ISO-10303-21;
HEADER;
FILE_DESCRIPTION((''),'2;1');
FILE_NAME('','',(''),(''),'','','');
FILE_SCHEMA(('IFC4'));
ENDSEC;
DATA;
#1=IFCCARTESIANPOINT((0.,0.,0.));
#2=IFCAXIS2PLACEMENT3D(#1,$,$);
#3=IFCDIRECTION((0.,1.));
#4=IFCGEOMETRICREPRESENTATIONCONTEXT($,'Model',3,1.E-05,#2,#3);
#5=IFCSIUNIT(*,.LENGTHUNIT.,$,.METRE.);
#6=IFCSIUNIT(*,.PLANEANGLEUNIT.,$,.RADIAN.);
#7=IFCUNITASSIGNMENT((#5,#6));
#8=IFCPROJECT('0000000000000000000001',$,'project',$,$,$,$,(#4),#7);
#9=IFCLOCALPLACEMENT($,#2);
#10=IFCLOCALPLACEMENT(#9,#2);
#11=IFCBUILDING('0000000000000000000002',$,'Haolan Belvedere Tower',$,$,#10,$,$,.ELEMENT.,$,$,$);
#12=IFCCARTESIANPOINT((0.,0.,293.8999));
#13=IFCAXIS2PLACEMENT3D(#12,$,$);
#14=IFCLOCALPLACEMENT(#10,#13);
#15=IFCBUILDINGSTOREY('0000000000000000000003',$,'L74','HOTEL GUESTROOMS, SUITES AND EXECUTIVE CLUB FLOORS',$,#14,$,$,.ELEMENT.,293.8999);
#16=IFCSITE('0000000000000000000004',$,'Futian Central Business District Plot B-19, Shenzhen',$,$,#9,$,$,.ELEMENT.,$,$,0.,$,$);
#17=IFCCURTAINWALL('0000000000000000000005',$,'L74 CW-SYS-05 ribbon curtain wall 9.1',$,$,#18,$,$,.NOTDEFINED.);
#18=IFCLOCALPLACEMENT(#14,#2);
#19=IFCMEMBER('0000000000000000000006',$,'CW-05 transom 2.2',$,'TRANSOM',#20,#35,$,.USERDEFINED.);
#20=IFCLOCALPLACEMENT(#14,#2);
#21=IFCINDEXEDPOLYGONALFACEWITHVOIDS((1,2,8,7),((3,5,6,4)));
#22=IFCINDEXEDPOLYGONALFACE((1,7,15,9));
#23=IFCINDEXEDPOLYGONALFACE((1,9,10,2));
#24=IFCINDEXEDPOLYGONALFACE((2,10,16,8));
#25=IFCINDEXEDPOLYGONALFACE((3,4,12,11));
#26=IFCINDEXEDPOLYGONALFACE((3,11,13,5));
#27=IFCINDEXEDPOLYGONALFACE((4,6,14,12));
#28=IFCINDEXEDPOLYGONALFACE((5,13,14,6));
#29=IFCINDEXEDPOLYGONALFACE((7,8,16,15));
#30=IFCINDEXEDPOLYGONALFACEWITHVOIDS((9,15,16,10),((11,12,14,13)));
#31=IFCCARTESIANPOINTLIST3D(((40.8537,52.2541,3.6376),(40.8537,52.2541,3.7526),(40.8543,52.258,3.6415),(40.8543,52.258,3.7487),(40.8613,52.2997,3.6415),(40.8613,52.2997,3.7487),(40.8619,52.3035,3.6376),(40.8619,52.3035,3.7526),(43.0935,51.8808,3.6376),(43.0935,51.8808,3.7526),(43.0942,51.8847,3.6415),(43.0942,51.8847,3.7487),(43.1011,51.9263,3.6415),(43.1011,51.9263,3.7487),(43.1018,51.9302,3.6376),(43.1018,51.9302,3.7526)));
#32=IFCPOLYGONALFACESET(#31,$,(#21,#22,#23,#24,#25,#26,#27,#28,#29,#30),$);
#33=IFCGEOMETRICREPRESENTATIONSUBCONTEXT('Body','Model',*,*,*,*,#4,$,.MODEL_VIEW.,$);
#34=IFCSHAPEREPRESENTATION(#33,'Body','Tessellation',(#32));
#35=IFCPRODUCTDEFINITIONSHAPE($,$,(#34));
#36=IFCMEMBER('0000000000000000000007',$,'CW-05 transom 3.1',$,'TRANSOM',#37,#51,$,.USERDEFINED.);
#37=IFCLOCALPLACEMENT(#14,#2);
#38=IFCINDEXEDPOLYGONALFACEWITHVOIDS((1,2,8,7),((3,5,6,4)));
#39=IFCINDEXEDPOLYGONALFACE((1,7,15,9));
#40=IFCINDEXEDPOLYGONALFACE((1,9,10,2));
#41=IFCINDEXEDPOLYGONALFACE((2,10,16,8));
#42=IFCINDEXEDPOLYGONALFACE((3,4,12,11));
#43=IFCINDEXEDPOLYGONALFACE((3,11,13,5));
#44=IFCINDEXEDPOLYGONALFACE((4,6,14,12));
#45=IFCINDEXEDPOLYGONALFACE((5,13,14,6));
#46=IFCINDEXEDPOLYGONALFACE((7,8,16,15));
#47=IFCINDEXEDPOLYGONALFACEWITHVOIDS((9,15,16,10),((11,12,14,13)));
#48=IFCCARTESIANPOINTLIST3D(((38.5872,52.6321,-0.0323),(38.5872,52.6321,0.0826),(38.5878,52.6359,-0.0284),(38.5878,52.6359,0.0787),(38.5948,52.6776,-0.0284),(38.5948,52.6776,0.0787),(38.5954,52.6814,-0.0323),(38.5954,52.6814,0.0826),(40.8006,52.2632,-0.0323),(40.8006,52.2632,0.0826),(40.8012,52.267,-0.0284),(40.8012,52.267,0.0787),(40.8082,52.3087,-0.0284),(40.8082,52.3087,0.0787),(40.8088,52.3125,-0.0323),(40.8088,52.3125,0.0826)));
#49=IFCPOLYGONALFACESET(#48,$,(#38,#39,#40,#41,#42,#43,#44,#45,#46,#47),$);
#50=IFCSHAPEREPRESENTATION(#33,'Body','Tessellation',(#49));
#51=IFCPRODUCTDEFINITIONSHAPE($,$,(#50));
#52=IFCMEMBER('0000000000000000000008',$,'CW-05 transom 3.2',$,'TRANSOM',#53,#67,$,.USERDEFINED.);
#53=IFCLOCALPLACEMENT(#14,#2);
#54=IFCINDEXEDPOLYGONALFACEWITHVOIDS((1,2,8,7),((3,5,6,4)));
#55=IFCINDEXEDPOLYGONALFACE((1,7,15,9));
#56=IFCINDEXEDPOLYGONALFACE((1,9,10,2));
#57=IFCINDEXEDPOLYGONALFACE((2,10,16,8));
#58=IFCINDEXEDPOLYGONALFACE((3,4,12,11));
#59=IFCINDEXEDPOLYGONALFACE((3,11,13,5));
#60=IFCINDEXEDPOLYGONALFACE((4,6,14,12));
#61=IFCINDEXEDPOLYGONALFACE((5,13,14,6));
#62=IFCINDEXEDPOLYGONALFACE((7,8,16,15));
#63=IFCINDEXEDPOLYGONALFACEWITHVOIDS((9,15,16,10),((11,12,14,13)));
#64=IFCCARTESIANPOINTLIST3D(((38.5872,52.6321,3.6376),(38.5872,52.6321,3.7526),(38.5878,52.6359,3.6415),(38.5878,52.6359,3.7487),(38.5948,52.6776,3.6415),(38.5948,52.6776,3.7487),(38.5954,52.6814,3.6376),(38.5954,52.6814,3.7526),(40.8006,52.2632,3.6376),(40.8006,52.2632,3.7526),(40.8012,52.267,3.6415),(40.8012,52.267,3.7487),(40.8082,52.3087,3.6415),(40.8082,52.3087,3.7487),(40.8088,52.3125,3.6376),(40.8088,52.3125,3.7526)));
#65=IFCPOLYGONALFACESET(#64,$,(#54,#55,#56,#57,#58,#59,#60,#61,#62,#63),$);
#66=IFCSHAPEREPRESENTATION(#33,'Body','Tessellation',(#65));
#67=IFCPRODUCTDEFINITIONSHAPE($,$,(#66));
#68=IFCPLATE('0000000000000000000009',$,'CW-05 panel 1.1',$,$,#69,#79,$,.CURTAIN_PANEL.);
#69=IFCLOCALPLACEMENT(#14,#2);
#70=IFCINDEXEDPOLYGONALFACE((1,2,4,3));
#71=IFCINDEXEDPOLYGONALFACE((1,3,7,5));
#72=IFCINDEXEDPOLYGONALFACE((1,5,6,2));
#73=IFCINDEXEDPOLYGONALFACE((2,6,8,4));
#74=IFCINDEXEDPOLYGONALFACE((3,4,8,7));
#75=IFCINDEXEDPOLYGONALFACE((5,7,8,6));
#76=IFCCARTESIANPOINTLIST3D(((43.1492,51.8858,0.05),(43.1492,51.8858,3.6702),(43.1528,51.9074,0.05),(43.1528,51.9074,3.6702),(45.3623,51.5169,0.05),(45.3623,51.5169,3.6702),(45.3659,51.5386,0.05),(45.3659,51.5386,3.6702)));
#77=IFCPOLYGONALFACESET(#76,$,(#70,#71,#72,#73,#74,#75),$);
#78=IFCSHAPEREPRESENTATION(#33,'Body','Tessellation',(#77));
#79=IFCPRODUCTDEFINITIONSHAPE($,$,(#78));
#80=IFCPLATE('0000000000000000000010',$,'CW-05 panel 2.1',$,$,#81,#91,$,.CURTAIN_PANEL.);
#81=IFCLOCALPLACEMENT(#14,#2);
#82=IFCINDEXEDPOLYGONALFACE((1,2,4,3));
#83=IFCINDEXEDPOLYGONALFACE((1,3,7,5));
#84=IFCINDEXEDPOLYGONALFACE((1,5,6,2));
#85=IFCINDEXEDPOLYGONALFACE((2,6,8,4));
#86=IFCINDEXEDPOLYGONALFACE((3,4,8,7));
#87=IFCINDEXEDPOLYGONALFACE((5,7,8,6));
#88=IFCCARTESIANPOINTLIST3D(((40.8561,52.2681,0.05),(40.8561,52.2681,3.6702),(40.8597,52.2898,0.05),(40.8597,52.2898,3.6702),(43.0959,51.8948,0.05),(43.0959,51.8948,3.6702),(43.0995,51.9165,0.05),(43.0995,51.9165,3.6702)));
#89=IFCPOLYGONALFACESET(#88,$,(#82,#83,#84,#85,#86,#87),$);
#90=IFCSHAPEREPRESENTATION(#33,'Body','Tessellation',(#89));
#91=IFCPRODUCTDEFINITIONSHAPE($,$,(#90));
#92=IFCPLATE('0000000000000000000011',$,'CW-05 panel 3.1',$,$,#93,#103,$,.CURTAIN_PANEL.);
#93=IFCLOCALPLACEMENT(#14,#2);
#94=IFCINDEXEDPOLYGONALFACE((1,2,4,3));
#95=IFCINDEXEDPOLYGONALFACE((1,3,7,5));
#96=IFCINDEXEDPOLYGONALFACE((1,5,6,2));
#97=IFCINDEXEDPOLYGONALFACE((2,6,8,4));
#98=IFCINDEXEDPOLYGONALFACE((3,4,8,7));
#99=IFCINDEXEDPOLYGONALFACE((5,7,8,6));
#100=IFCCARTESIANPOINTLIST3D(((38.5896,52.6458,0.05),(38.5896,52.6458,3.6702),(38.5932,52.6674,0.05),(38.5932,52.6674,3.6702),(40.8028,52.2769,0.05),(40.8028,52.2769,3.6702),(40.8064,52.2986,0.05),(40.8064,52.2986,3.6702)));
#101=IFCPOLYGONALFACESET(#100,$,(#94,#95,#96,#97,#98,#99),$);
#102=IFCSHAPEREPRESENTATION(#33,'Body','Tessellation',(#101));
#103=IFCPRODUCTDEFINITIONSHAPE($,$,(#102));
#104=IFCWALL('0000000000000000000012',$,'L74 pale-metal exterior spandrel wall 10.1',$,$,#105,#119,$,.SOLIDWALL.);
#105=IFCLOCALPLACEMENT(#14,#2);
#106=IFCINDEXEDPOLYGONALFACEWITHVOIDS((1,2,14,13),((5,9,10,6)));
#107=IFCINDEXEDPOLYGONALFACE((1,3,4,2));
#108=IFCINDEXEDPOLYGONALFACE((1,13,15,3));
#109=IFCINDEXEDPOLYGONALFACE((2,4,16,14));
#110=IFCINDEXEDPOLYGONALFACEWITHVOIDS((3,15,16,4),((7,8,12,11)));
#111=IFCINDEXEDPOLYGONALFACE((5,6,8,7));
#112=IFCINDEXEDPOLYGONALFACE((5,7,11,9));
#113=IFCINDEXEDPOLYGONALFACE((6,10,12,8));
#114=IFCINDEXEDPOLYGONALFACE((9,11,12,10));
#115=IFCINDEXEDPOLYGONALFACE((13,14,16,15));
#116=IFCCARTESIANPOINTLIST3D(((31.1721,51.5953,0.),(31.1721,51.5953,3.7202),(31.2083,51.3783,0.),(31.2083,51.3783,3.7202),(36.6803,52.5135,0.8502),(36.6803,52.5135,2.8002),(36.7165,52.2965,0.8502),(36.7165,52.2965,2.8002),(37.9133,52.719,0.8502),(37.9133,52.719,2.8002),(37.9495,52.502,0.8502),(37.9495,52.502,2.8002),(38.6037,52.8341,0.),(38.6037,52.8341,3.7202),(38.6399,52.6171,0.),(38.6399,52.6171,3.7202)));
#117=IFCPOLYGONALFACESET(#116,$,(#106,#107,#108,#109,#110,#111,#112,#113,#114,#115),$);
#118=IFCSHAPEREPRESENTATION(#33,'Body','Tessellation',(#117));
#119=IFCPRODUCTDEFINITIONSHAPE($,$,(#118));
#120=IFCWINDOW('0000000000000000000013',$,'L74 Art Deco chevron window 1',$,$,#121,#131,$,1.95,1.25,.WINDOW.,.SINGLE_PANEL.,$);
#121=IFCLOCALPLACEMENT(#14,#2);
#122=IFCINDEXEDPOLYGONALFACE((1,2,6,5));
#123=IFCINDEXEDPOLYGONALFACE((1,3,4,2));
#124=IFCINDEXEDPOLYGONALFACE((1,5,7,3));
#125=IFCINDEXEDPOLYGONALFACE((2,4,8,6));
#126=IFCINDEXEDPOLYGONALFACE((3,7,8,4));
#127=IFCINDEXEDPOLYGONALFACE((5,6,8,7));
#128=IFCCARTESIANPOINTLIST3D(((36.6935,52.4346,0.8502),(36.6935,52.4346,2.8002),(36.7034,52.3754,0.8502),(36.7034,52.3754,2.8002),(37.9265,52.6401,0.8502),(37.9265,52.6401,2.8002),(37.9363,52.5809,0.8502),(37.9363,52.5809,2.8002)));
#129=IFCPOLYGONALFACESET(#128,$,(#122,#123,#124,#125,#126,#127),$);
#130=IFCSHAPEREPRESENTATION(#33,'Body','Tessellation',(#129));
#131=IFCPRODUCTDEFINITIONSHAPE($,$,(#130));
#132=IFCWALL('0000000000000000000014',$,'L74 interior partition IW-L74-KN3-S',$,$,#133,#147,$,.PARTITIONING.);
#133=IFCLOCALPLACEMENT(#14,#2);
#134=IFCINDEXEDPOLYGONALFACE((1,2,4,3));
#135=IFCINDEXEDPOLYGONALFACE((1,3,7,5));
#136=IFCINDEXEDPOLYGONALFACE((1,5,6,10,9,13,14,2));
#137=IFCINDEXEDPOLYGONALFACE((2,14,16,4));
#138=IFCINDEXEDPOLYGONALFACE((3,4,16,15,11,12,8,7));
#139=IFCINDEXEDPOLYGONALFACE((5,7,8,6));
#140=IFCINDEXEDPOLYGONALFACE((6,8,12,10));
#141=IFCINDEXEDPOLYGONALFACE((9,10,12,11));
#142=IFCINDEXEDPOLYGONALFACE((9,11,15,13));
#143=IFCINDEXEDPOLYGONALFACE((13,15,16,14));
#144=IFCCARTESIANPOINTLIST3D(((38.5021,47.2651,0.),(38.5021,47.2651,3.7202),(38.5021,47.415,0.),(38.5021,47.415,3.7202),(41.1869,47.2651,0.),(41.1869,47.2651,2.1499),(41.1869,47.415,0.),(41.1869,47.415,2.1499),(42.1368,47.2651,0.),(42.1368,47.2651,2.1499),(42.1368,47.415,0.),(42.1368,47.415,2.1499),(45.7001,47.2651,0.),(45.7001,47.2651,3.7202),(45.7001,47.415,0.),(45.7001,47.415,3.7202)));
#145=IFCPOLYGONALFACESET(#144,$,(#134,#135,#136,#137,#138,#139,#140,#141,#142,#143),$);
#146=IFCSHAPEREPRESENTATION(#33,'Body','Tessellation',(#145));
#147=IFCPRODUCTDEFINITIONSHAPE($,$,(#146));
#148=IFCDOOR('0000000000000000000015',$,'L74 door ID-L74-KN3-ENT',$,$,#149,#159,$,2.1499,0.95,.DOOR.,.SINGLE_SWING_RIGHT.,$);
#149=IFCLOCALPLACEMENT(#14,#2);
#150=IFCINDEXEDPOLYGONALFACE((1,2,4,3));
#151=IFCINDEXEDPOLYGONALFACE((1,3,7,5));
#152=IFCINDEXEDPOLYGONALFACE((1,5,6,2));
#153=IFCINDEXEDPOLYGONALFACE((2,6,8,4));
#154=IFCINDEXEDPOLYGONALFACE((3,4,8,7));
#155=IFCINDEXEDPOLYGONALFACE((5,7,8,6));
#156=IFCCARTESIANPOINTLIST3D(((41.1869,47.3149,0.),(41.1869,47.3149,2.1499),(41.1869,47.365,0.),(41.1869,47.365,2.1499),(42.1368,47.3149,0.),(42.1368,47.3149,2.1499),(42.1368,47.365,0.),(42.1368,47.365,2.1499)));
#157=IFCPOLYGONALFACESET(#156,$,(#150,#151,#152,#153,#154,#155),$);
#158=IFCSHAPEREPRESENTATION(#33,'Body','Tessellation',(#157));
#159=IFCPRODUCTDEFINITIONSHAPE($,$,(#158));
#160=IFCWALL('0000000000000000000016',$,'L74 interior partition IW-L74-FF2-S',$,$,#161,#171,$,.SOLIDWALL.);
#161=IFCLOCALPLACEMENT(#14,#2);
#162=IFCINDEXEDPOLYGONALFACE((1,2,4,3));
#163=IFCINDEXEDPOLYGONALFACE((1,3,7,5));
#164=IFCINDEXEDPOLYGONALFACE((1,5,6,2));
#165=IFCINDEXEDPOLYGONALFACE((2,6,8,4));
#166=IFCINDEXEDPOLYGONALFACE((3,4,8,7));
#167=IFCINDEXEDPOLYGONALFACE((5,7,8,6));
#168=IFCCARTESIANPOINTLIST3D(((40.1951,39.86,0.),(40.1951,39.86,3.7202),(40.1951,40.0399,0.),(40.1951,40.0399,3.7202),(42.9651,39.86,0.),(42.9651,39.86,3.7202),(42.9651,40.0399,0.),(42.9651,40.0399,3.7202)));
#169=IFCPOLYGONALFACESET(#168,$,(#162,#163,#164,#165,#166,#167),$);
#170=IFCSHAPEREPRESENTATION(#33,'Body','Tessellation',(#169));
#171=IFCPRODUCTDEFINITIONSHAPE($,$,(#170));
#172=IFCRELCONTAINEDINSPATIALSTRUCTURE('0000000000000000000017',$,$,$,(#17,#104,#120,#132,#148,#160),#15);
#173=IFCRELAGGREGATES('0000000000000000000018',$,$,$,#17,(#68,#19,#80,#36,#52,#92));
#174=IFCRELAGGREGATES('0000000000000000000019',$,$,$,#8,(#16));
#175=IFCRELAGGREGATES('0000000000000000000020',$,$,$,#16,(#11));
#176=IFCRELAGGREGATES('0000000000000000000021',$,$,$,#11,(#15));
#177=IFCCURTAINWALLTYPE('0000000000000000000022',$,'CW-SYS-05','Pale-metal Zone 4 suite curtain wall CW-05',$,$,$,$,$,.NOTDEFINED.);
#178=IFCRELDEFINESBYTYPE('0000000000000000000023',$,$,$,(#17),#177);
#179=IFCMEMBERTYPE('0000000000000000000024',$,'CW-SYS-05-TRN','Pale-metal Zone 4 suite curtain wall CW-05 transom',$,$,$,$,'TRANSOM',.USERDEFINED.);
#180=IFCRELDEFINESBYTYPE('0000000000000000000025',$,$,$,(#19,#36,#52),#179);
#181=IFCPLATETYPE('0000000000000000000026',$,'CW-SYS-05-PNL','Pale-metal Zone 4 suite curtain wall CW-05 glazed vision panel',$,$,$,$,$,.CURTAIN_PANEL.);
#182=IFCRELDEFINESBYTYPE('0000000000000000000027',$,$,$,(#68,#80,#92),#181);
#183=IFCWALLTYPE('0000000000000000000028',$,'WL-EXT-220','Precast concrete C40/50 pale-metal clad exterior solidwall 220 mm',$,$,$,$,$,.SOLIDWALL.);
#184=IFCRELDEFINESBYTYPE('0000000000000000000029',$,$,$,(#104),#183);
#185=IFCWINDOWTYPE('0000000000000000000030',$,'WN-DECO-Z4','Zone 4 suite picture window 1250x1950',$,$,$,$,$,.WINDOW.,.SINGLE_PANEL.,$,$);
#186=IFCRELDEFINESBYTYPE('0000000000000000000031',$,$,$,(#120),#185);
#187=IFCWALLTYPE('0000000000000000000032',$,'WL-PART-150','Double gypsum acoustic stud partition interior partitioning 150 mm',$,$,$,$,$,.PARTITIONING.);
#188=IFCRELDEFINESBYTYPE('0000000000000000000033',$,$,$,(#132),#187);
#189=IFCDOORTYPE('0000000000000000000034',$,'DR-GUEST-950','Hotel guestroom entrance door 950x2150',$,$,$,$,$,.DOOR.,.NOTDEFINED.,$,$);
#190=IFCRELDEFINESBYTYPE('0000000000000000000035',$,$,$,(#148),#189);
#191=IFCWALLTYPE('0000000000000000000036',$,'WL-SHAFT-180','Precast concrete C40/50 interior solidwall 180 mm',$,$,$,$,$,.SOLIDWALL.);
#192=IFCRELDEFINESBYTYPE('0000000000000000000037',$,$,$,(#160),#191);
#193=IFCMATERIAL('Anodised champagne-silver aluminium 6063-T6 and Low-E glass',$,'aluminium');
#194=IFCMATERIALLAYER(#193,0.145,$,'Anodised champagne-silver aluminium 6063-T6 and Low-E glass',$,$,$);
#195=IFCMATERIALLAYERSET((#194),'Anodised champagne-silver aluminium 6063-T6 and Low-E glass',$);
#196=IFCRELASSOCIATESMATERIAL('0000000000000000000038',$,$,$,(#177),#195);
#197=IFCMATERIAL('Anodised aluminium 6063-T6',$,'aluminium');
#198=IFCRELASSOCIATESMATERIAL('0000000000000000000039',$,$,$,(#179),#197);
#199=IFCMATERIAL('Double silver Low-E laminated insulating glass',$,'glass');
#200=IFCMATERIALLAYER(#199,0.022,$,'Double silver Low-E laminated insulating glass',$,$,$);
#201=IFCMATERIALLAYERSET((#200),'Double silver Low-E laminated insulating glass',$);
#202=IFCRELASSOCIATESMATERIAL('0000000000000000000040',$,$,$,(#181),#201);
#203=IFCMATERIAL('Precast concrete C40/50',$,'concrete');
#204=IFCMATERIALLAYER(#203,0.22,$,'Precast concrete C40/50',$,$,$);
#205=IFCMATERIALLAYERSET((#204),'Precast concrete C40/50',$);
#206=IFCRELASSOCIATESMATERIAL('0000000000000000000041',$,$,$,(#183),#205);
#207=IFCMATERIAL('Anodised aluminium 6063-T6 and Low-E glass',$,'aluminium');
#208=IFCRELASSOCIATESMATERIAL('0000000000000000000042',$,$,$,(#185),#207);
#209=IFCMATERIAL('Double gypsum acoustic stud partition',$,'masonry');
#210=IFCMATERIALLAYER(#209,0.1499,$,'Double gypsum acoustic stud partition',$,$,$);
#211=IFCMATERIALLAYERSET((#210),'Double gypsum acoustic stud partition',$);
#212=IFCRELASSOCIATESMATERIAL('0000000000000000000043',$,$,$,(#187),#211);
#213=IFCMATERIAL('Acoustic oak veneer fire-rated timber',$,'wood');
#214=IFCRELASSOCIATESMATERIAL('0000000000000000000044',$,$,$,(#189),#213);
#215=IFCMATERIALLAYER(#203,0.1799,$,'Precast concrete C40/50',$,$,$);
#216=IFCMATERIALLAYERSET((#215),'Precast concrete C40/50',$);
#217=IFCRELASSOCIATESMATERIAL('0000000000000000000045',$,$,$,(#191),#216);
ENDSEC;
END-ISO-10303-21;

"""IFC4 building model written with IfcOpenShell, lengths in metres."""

from ifc_helpers import new_model, si_unit, direction, frame, frame_2d, origin, origin_2d, place, context, subcontext, project, spatial, rectangle, hollow_rectangle, extrude, material, layer, layer_set, material_profile, profile_set, type_object, element, fill, aggregate, save


model = new_model("IFC4")

# Units and contexts
model_context = context("Model", 3, precision=1e-05, world=origin(), true_north=direction((0.0, 1.0)))
body_context = subcontext(model_context, "Body", "Model", "MODEL_VIEW")
ifc_project = project(units=[si_unit("LENGTHUNIT", "METRE"), si_unit("PLANEANGLEUNIT", "RADIAN")], contexts=[model_context])

# Site, building, storey
site_placement = place(None, origin())
site = spatial("IfcSite", under=ifc_project, at=site_placement, Name="Futian Central Business District Plot B-19, Shenzhen", CompositionType="ELEMENT", RefElevation=0.0)
building_placement = place(site_placement, origin())
building = spatial("IfcBuilding", under=site, at=building_placement, Name="Haolan Belvedere Tower", CompositionType="ELEMENT")
storey_placement = place(building_placement, frame((0.0, 0.0, 293.8999)))
storey = spatial("IfcBuildingStorey", under=building, at=storey_placement, Name="L74", Description="HOTEL GUESTROOMS, SUITES AND EXECUTIVE CLUB FLOORS", CompositionType="ELEMENT", Elevation=293.8999)

# Curtain wall, members, plates
ifc_material_1 = material(Name="Anodised champagne-silver aluminium 6063-T6 and Low-E glass", Category="aluminium")
ifc_layer_1 = layer(ifc_material_1, 0.145, Name="Anodised champagne-silver aluminium 6063-T6 and Low-E glass")
ifc_layer_set_1 = layer_set([ifc_layer_1], Name="Anodised champagne-silver aluminium 6063-T6 and Low-E glass")
curtain_wall_type = type_object("IfcCurtainWallType", Name="CW-SYS-05", Description="Pale-metal Zone 4 suite curtain wall CW-05", PredefinedType="NOTDEFINED", material=ifc_layer_set_1)
curtain_wall_placement = place(storey_placement, origin())
curtain_wall = element("IfcCurtainWall", 1, at=curtain_wall_placement, inside=storey, type_object=curtain_wall_type, Name="L74 CW-SYS-05 ribbon curtain wall 9.1", PredefinedType="NOTDEFINED")
ifc_material_2 = material(Name="Anodised aluminium 6063-T6", Category="aluminium")
ifc_material_profile_1 = material_profile(ifc_material_2, hollow_rectangle(XDim=0.05, YDim=0.115, WallThickness=0.0039, at=origin_2d()), Name="Anodised aluminium 6063-T6")
ifc_profile_set_1 = profile_set([ifc_material_profile_1], Name="Anodised aluminium 6063-T6")
member_type_1 = type_object("IfcMemberType", Name="CW-SYS-05-TRN", Description="Pale-metal Zone 4 suite curtain wall CW-05 transom", ElementType="TRANSOM", PredefinedType="USERDEFINED", material=ifc_profile_set_1)
member_1_placement = place(storey_placement, frame((43.0977, 51.9055, 3.6951), z_axis=(-0.986394, 0.164399, 0.0), x_axis=(-0.164399, -0.986394, 0.0)))
member_1 = element("IfcMember", 2, at=member_1_placement, type_object=member_type_1, Name="CW-05 transom 2.2", ObjectType="TRANSOM", PredefinedType="USERDEFINED", context=body_context, shape_type="SweptSolid", body=[
    extrude(hollow_rectangle(XDim=0.05, YDim=0.115, WallThickness=0.0039, at=origin_2d()), origin(), (0.0, 0.0, 1.0), 2.2708),
])
member_2_placement = place(storey_placement, frame((40.8047, 52.2878, 0.0251), z_axis=(-0.986394, 0.164399, 0.0), x_axis=(-0.164399, -0.986394, 0.0)))
member_2 = element("IfcMember", 3, at=member_2_placement, type_object=member_type_1, Name="CW-05 transom 3.1", ObjectType="TRANSOM", PredefinedType="USERDEFINED", context=body_context, shape_type="SweptSolid", body=[
    extrude(hollow_rectangle(XDim=0.05, YDim=0.115, WallThickness=0.0039, at=origin_2d()), origin(), (0.0, 0.0, 1.0), 2.2439),
])
member_3_placement = place(storey_placement, frame((40.8047, 52.2878, 3.6951), z_axis=(-0.986394, 0.164399, 0.0), x_axis=(-0.164399, -0.986394, 0.0)))
member_3 = element("IfcMember", 4, at=member_3_placement, type_object=member_type_1, Name="CW-05 transom 3.2", ObjectType="TRANSOM", PredefinedType="USERDEFINED", context=body_context, shape_type="SweptSolid", body=[
    extrude(hollow_rectangle(XDim=0.05, YDim=0.115, WallThickness=0.0039, at=origin_2d()), origin(), (0.0, 0.0, 1.0), 2.2439),
])
ifc_material_3 = material(Name="Double silver Low-E laminated insulating glass", Category="glass")
ifc_layer_2 = layer(ifc_material_3, 0.022, Name="Double silver Low-E laminated insulating glass")
ifc_layer_set_2 = layer_set([ifc_layer_2], Name="Double silver Low-E laminated insulating glass")
plate_type = type_object("IfcPlateType", Name="CW-SYS-05-PNL", Description="Pale-metal Zone 4 suite curtain wall CW-05 glazed vision panel", PredefinedType="CURTAIN_PANEL", material=ifc_layer_set_2)
plate_1_placement = place(storey_placement, frame((44.2576, 51.7122, 0.05), z_axis=(0.0, 0.0, 1.0), x_axis=(-0.986393, 0.164406, 0.0)))
plate_1 = element("IfcPlate", 5, at=plate_1_placement, type_object=plate_type, Name="CW-05 panel 1.1", PredefinedType="CURTAIN_PANEL", context=body_context, shape_type="SweptSolid", body=[
    extrude(rectangle(XDim=2.2437, YDim=0.022, at=origin_2d()), origin(), (0.0, 0.0, 1.0), 3.6201),
])
plate_2_placement = place(storey_placement, frame((41.9778, 52.0923, 0.05), z_axis=(0.0, 0.0, 1.0), x_axis=(-0.986393, 0.164406, 0.0)))
plate_2 = element("IfcPlate", 6, at=plate_2_placement, type_object=plate_type, Name="CW-05 panel 2.1", PredefinedType="CURTAIN_PANEL", context=body_context, shape_type="SweptSolid", body=[
    extrude(rectangle(XDim=2.2708, YDim=0.022, at=origin_2d()), origin(), (0.0, 0.0, 1.0), 3.6201),
])
plate_3_placement = place(storey_placement, frame((39.698, 52.4722, 0.05), z_axis=(0.0, 0.0, 1.0), x_axis=(-0.986393, 0.164406, 0.0)))
plate_3 = element("IfcPlate", 7, at=plate_3_placement, type_object=plate_type, Name="CW-05 panel 3.1", PredefinedType="CURTAIN_PANEL", context=body_context, shape_type="SweptSolid", body=[
    extrude(rectangle(XDim=2.2437, YDim=0.022, at=origin_2d()), origin(), (0.0, 0.0, 1.0), 3.6201),
])
aggregate(curtain_wall, [plate_1, member_1, plate_2, member_2, member_3, plate_3])

# Wall, opening, window
ifc_material_4 = material(Name="Precast concrete C40/50", Category="concrete")
ifc_layer_3 = layer(ifc_material_4, 0.22, Name="Precast concrete C40/50")
ifc_layer_set_3 = layer_set([ifc_layer_3], Name="Precast concrete C40/50")
wall_type_1 = type_object("IfcWallType", Name="WL-EXT-220", Description="Precast concrete C40/50 pale-metal clad exterior solidwall 220 mm", PredefinedType="SOLIDWALL", material=ifc_layer_set_3)
wall_1_placement = place(storey_placement, frame((38.6218, 52.7256, 0.0), z_axis=(0.0, 0.0, 1.0), x_axis=(-0.98639, -0.16442, 0.0)))
wall_1 = element("IfcWall", 8, at=wall_1_placement, inside=storey, type_object=wall_type_1, Name="L74 pale-metal exterior spandrel wall 10.1", PredefinedType="SOLIDWALL", context=body_context, shape_type="SweptSolid", body=[
    extrude(rectangle(XDim=7.5342, YDim=0.22, at=frame_2d((3.7671, 0.0))), origin(), (0.0, 0.0, 1.0), 3.7202),
])
opening_1_placement = place(wall_1_placement, frame((0.7, 0.0, 0.8501)))
opening_1 = element("IfcOpeningElement", 9, at=opening_1_placement, cuts=wall_1, PredefinedType="OPENING", context=body_context, shape_type="SweptSolid", body=[
    extrude(rectangle(XDim=1.25, YDim=1.95, at=frame_2d((0.625, 0.9751))), frame((0.0, 0.1199, 0.0), z_axis=(0.0, -1.0, 0.0), x_axis=(1.0, 0.0, 0.0)), (0.0, 0.0, 1.0), 0.24),
])
ifc_material_5 = material(Name="Anodised aluminium 6063-T6 and Low-E glass", Category="aluminium")
window_type = type_object("IfcWindowType", Name="WN-DECO-Z4", Description="Zone 4 suite picture window 1250x1950", PartitioningType="SINGLE_PANEL", PredefinedType="WINDOW", material=ifc_material_5)
window_placement = place(opening_1_placement, origin())
window = element("IfcWindow", 10, at=window_placement, inside=storey, type_object=window_type, Name="L74 Art Deco chevron window 1", OverallHeight=1.95, OverallWidth=1.25, PartitioningType="SINGLE_PANEL", PredefinedType="WINDOW", context=body_context, shape_type="SweptSolid", body=[
    extrude(rectangle(XDim=1.25, YDim=1.95, at=frame_2d((0.625, 0.9751))), frame((0.0, 0.03, 0.0), z_axis=(0.0, -1.0, 0.0), x_axis=(1.0, 0.0, 0.0)), (0.0, 0.0, 1.0), 0.0601),
])
fill(opening_1, window)

# Wall, opening, door
ifc_material_6 = material(Name="Double gypsum acoustic stud partition", Category="masonry")
ifc_layer_4 = layer(ifc_material_6, 0.1499, Name="Double gypsum acoustic stud partition")
ifc_layer_set_4 = layer_set([ifc_layer_4], Name="Double gypsum acoustic stud partition")
wall_type_2 = type_object("IfcWallType", Name="WL-PART-150", Description="Double gypsum acoustic stud partition interior partitioning 150 mm", PredefinedType="PARTITIONING", material=ifc_layer_set_4)
wall_2_placement = place(storey_placement, frame((38.502, 47.3401, 0.0), z_axis=(0.0, 0.0, 1.0), x_axis=(1.0, 0.0, 0.0)))
wall_2 = element("IfcWall", 11, at=wall_2_placement, inside=storey, type_object=wall_type_2, Name="L74 interior partition IW-L74-KN3-S", PredefinedType="PARTITIONING", context=body_context, shape_type="SweptSolid", body=[
    extrude(rectangle(XDim=7.198, YDim=0.1499, at=frame_2d((3.5991, 0.0))), origin(), (0.0, 0.0, 1.0), 3.7202),
])
opening_2_placement = place(wall_2_placement, frame((2.6848, 0.0, 0.0)))
opening_2 = element("IfcOpeningElement", 12, at=opening_2_placement, cuts=wall_2, PredefinedType="OPENING", context=body_context, shape_type="SweptSolid", body=[
    extrude(rectangle(XDim=0.95, YDim=2.1499, at=frame_2d((0.4751, 1.075))), frame((0.0, 0.085, 0.0), z_axis=(0.0, -1.0, 0.0), x_axis=(1.0, 0.0, 0.0)), (0.0, 0.0, 1.0), 0.1699),
])
ifc_material_7 = material(Name="Acoustic oak veneer fire-rated timber", Category="wood")
door_type_1 = type_object("IfcDoorType", Name="DR-GUEST-950", Description="Hotel guestroom entrance door 950x2150", OperationType="NOTDEFINED", PredefinedType="DOOR", material=ifc_material_7)
door_1_placement = place(opening_2_placement, origin())
door_1 = element("IfcDoor", 13, at=door_1_placement, inside=storey, type_object=door_type_1, Name="L74 door ID-L74-KN3-ENT", OperationType="SINGLE_SWING_RIGHT", OverallHeight=2.1499, OverallWidth=0.95, PredefinedType="DOOR", context=body_context, shape_type="SweptSolid", body=[
    extrude(rectangle(XDim=0.95, YDim=2.1499, at=frame_2d((0.4751, 1.075))), frame((0.0, 0.0249, 0.0), z_axis=(0.0, -1.0, 0.0), x_axis=(1.0, 0.0, 0.0)), (0.0, 0.0, 1.0), 0.05),
])
fill(opening_2, door_1)

# Wall
ifc_layer_5 = layer(ifc_material_4, 0.1799, Name="Precast concrete C40/50")
ifc_layer_set_5 = layer_set([ifc_layer_5], Name="Precast concrete C40/50")
wall_type_3 = type_object("IfcWallType", Name="WL-SHAFT-180", Description="Precast concrete C40/50 interior solidwall 180 mm", PredefinedType="SOLIDWALL", material=ifc_layer_set_5)
wall_3_placement = place(storey_placement, frame((40.1951, 39.95, 0.0), z_axis=(0.0, 0.0, 1.0), x_axis=(1.0, 0.0, 0.0)))
element("IfcWall", 14, at=wall_3_placement, inside=storey, type_object=wall_type_3, Name="L74 interior partition IW-L74-FF2-S", PredefinedType="SOLIDWALL", context=body_context, shape_type="SweptSolid", body=[
    extrude(rectangle(XDim=2.77, YDim=0.1799, at=frame_2d((1.385, 0.0))), origin(), (0.0, 0.0, 1.0), 3.7202),
])

save(model, "model.ifc")
